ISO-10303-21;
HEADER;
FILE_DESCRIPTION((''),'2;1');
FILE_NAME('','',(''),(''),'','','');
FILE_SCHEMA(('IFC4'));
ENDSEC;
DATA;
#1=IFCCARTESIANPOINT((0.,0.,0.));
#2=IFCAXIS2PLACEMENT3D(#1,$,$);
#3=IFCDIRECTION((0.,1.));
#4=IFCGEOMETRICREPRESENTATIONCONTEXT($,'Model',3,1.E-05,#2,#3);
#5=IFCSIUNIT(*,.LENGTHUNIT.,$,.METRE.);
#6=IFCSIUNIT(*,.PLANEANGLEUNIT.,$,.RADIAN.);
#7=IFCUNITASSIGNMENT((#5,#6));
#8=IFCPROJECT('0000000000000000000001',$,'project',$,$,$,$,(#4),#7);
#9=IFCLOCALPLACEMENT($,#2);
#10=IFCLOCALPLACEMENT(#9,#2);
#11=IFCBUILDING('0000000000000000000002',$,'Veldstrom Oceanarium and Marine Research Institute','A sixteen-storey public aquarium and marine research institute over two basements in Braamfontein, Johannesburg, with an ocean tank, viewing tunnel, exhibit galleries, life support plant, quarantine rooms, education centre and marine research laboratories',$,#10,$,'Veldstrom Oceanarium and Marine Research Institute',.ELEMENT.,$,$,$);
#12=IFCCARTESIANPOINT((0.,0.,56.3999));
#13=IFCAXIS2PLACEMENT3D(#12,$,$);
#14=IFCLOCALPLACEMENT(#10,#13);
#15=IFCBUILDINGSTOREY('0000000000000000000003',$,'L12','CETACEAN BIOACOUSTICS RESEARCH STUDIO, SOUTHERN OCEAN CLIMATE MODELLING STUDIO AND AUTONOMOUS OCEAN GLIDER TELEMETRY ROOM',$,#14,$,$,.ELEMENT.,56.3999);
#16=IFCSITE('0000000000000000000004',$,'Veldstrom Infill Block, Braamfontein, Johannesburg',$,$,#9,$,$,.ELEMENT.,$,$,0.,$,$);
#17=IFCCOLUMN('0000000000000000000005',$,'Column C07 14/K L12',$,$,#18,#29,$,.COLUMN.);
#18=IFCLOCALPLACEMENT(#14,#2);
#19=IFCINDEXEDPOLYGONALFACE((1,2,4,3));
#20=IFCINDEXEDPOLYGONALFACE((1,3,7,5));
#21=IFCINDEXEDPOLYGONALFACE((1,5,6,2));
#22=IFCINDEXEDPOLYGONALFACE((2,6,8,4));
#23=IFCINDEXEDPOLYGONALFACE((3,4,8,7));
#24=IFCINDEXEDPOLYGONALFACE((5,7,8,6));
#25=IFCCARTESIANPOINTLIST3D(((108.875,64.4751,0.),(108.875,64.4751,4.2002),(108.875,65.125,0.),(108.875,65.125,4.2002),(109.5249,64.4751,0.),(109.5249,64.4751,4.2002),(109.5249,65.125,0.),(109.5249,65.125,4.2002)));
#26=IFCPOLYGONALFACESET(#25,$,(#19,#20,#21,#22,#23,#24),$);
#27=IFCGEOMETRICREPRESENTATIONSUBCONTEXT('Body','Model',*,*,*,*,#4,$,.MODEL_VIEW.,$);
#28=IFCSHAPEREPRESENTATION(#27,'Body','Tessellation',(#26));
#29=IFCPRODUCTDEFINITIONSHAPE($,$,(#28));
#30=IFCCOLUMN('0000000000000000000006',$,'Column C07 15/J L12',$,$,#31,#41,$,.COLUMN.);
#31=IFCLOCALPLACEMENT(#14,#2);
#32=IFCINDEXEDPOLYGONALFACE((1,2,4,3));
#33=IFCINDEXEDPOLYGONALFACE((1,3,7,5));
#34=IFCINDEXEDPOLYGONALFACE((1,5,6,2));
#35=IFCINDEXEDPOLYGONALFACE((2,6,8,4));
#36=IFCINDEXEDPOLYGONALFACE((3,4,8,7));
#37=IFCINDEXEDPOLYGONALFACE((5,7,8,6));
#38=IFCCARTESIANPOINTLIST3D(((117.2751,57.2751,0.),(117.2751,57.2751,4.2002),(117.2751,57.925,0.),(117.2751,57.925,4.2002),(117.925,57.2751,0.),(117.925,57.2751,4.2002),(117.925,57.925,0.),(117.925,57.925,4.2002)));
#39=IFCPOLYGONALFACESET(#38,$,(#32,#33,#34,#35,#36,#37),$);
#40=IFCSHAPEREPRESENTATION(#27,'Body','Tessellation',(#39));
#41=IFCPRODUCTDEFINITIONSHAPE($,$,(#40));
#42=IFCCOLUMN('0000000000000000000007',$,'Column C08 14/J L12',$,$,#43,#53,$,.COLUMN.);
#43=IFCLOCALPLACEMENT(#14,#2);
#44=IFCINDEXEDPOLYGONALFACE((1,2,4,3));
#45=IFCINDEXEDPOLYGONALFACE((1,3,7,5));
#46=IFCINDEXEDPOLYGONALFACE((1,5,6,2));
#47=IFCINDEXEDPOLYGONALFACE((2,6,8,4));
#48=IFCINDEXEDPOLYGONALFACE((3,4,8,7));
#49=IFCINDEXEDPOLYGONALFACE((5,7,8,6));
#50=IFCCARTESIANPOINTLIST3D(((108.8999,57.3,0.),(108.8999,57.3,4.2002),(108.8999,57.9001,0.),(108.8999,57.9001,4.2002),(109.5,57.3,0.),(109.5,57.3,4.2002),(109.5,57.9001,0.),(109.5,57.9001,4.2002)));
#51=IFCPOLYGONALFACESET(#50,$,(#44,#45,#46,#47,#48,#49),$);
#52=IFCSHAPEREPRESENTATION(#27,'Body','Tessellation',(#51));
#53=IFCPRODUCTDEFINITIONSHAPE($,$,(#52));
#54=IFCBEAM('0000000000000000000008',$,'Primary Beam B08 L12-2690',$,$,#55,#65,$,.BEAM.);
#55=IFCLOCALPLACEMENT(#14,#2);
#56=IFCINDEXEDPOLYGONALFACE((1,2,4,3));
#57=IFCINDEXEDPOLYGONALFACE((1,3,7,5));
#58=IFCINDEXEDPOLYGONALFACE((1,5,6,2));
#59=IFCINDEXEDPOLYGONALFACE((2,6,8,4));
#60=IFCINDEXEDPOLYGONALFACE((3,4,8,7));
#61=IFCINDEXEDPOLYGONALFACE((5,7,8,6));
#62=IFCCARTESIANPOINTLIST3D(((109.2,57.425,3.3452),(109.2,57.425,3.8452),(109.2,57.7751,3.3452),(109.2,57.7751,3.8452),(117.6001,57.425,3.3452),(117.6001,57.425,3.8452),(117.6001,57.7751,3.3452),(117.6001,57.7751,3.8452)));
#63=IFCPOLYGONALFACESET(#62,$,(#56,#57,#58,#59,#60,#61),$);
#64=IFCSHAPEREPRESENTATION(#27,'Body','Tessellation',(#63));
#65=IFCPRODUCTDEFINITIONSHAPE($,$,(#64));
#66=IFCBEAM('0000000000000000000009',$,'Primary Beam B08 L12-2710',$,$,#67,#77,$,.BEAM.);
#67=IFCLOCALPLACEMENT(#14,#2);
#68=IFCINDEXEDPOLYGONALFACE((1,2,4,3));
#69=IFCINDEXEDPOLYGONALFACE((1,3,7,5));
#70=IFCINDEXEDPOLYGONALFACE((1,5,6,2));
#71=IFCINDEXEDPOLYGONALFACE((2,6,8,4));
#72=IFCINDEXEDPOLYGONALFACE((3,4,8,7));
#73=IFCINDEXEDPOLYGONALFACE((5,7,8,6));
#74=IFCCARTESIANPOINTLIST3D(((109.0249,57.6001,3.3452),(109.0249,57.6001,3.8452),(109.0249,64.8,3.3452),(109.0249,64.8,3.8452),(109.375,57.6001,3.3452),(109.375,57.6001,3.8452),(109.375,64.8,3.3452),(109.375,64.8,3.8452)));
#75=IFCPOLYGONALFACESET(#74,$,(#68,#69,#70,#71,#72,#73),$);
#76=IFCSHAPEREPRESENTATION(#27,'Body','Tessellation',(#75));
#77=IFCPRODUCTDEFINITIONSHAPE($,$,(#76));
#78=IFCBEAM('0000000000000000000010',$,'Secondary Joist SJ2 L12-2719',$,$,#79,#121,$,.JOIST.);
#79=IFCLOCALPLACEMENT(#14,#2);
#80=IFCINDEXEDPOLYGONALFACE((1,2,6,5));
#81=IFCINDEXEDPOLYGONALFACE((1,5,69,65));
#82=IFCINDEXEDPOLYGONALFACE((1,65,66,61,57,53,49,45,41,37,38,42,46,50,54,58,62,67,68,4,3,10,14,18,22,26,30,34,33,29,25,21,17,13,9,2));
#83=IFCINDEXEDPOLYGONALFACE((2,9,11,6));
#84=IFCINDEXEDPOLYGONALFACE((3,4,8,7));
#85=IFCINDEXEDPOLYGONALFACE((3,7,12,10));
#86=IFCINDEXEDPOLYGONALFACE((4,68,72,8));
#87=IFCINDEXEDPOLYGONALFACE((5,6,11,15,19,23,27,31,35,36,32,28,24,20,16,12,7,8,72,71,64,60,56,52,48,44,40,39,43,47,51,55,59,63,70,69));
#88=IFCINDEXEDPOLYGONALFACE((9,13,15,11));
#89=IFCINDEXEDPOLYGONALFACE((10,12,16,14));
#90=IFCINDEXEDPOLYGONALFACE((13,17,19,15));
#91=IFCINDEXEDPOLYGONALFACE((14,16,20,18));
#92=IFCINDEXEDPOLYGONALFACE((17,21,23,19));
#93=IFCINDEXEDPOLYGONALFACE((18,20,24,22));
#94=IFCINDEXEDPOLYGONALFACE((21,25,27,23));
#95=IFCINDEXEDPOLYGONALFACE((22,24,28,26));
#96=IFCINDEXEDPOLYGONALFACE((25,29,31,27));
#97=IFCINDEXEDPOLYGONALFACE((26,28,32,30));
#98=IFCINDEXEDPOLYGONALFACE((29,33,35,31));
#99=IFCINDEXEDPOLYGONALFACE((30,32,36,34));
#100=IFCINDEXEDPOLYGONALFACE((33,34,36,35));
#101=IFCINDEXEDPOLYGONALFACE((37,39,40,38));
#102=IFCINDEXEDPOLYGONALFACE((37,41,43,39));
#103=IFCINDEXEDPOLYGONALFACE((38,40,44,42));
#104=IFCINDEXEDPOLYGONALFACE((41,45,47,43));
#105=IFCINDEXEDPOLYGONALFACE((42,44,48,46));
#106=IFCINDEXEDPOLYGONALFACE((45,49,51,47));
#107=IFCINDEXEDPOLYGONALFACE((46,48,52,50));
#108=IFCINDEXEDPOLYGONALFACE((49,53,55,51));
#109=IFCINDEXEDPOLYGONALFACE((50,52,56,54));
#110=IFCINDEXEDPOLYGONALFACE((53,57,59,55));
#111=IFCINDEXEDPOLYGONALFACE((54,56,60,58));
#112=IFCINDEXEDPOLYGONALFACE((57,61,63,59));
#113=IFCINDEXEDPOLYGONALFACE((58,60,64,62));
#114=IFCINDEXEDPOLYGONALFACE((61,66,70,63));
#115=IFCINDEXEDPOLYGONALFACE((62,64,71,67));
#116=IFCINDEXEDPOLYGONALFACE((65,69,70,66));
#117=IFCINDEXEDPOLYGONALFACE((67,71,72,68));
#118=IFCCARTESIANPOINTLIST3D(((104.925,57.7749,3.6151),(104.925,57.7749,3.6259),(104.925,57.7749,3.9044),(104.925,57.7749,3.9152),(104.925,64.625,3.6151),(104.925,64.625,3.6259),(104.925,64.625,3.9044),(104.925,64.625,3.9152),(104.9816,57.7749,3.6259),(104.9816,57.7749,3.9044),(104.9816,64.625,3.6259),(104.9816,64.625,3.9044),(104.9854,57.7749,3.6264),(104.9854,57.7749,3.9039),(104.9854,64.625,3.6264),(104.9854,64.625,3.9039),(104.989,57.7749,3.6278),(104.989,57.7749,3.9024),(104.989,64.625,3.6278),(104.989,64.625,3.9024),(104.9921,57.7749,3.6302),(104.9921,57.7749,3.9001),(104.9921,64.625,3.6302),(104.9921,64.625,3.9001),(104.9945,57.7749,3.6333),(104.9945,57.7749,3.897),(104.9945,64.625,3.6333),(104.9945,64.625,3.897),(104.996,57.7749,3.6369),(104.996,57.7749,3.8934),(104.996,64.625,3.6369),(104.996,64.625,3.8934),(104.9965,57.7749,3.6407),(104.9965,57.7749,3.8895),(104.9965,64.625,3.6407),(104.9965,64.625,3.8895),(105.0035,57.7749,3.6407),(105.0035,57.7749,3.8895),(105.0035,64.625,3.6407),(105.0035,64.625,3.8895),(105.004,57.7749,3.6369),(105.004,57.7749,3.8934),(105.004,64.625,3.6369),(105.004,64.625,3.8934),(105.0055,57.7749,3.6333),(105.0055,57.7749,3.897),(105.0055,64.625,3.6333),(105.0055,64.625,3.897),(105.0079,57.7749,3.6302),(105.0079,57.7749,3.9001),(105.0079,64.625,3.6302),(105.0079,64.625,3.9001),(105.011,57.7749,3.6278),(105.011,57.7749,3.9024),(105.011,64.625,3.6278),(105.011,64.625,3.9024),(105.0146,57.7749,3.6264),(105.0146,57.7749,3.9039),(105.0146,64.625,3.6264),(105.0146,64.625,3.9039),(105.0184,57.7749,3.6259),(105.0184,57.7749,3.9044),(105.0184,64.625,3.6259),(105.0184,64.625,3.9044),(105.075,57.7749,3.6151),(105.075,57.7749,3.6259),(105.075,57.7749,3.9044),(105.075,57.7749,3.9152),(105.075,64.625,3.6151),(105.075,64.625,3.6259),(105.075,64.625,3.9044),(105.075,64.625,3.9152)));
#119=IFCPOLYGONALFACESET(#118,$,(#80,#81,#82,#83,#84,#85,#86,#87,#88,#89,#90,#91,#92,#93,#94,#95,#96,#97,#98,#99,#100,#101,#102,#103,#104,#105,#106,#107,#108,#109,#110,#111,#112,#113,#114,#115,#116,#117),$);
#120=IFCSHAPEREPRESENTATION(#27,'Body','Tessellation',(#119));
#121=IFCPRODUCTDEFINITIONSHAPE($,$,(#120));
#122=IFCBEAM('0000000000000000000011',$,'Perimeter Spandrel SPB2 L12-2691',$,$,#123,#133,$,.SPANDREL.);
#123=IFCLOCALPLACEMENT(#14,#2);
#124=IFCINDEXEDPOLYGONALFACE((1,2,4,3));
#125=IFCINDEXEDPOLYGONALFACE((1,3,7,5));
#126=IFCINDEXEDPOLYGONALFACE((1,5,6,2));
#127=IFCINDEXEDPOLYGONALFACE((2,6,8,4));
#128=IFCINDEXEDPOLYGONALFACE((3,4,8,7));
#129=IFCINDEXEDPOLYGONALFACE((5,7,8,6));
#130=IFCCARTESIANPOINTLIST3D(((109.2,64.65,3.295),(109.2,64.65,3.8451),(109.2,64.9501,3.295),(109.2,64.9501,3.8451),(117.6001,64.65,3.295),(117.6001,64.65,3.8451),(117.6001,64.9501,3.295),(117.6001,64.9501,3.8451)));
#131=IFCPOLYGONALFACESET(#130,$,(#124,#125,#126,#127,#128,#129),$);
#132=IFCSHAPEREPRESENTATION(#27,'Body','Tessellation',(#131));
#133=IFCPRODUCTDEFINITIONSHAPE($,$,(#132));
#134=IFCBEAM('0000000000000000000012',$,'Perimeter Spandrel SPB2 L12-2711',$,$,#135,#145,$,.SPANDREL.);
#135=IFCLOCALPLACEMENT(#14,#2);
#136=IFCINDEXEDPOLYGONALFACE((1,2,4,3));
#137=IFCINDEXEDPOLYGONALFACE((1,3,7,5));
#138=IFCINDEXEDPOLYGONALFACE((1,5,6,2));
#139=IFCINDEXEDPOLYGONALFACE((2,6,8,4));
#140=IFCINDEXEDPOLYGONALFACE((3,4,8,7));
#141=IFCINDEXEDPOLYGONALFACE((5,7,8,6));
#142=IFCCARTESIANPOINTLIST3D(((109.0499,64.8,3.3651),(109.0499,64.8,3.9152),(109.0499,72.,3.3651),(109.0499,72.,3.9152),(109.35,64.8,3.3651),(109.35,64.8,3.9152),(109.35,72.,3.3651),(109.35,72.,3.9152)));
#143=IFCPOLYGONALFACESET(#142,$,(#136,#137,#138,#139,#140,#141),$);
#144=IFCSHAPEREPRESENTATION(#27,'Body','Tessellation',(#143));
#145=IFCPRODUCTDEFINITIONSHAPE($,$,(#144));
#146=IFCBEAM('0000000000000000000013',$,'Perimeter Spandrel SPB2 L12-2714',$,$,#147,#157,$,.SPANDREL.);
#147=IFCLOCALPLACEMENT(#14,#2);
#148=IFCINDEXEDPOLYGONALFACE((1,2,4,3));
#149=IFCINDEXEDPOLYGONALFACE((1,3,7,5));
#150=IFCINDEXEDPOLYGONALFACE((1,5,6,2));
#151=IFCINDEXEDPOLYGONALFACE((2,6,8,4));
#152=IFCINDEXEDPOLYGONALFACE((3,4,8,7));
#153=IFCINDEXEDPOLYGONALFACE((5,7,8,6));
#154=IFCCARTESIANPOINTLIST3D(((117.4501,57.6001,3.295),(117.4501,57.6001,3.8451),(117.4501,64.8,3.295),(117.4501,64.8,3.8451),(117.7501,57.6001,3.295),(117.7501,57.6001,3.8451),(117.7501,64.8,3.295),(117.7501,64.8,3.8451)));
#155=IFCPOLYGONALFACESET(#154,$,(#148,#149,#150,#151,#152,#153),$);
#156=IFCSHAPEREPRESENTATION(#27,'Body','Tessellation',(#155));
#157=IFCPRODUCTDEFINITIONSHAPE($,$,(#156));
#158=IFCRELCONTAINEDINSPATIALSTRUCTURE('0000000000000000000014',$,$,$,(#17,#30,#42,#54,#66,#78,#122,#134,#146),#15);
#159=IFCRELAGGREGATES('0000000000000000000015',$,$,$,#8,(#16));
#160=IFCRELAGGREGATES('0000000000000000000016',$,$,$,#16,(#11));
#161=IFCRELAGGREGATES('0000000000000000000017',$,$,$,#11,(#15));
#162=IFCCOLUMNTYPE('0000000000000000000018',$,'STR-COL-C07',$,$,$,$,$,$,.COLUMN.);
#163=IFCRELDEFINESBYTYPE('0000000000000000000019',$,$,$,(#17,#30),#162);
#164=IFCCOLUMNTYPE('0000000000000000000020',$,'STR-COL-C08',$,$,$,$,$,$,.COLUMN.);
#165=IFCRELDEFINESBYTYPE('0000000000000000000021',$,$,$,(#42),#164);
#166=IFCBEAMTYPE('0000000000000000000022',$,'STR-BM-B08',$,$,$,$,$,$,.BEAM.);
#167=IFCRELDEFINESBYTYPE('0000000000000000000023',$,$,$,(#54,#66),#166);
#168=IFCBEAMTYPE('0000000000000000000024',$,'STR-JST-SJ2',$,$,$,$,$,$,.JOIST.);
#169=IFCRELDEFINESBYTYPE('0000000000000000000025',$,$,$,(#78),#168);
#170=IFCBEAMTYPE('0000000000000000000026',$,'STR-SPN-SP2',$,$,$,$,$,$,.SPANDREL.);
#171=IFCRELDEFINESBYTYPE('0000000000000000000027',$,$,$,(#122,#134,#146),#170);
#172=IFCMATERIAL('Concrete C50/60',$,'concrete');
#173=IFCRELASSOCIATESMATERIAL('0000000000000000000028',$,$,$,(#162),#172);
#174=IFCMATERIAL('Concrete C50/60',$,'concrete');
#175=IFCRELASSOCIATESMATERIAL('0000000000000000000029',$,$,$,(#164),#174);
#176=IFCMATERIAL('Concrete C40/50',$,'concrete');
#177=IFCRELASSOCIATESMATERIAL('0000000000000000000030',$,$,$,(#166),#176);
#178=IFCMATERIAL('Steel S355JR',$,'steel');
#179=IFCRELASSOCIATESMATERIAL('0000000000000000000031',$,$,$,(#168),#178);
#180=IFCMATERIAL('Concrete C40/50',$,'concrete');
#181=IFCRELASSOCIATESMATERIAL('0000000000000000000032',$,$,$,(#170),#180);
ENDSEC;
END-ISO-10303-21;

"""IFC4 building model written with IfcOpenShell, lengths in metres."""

from ifc_helpers import new_model, si_unit, direction, frame, origin, origin_2d, place, context, subcontext, project, spatial, rectangle, i_section, extrude, material, material_profile, profile_set, type_object, element, save


model = new_model("IFC4")

# Units and contexts
model_context = context("Model", 3, precision=1e-05, world=origin(), true_north=direction((0.0, 1.0)))
body_context = subcontext(model_context, "Body", "Model", "MODEL_VIEW")
ifc_project = project(units=[si_unit("LENGTHUNIT", "METRE"), si_unit("PLANEANGLEUNIT", "RADIAN")], contexts=[model_context])

# Site, building, storey
site_placement = place(None, origin())
site = spatial("IfcSite", under=ifc_project, at=site_placement, Name="Veldstrom Infill Block, Braamfontein, Johannesburg", CompositionType="ELEMENT", RefElevation=0.0)
building_placement = place(site_placement, origin())
building = spatial("IfcBuilding", under=site, at=building_placement, Name="Veldstrom Oceanarium and Marine Research Institute", Description="A sixteen-storey public aquarium and marine research institute over two basements in Braamfontein, Johannesburg, with an ocean tank, viewing tunnel, exhibit galleries, life support plant, quarantine rooms, education centre and marine research laboratories", LongName="Veldstrom Oceanarium and Marine Research Institute", CompositionType="ELEMENT")
storey_placement = place(building_placement, frame((0.0, 0.0, 56.3999)))
storey = spatial("IfcBuildingStorey", under=building, at=storey_placement, Name="L12", Description="CETACEAN BIOACOUSTICS RESEARCH STUDIO, SOUTHERN OCEAN CLIMATE MODELLING STUDIO AND AUTONOMOUS OCEAN GLIDER TELEMETRY ROOM", CompositionType="ELEMENT", Elevation=56.3999)

# Columns
ifc_material_1 = material(Name="Concrete C50/60", Category="concrete")
ifc_material_profile_1 = material_profile(ifc_material_1, rectangle(XDim=0.6499, YDim=0.6499, at=origin_2d()), Name="RC-COL-650x650")
ifc_profile_set_1 = profile_set([ifc_material_profile_1], Name="Concrete C50/60")
column_type_1 = type_object("IfcColumnType", Name="STR-COL-C07", PredefinedType="COLUMN", material=ifc_profile_set_1)
for number, where, z_axis, x_axis, name in (
    (1, (109.2, 64.8, 0.0), (0.0, 0.0, 1.0), (1.0, 0.0, 0.0), "Column C07 14/K L12"),
    (2, (117.6001, 57.6001, 0.0), (0.0, 0.0, 1.0), (1.0, 0.0, 0.0), "Column C07 15/J L12"),
):
    element("IfcColumn", number, at=place(storey_placement, frame(where, z_axis=z_axis, x_axis=x_axis)), inside=storey, type_object=column_type_1, Name=name, PredefinedType="COLUMN", context=body_context, shape_type="SweptSolid", body=[
        extrude(rectangle(XDim=0.6499, YDim=0.6499, at=origin_2d()), origin(), (0.0, 0.0, 1.0), 4.2002),
    ])
ifc_material_2 = material(Name="Concrete C50/60", Category="concrete")
ifc_material_profile_2 = material_profile(ifc_material_2, rectangle(XDim=0.6001, YDim=0.6001, at=origin_2d()), Name="RC-COL-600x600")
ifc_profile_set_2 = profile_set([ifc_material_profile_2], Name="Concrete C50/60")
column_type_2 = type_object("IfcColumnType", Name="STR-COL-C08", PredefinedType="COLUMN", material=ifc_profile_set_2)
column_placement = place(storey_placement, frame((109.2, 57.6001, 0.0), z_axis=(0.0, 0.0, 1.0), x_axis=(1.0, 0.0, 0.0)))
element("IfcColumn", 3, at=column_placement, inside=storey, type_object=column_type_2, Name="Column C08 14/J L12", PredefinedType="COLUMN", context=body_context, shape_type="SweptSolid", body=[
    extrude(rectangle(XDim=0.6001, YDim=0.6001, at=origin_2d()), origin(), (0.0, 0.0, 1.0), 4.2002),
])

# Beams
ifc_material_3 = material(Name="Concrete C40/50", Category="concrete")
ifc_material_profile_3 = material_profile(ifc_material_3, rectangle(XDim=0.3501, YDim=0.5, at=origin_2d()), Name="RC-BM-350x500")
ifc_profile_set_3 = profile_set([ifc_material_profile_3], Name="Concrete C40/50")
beam_type_1 = type_object("IfcBeamType", Name="STR-BM-B08", PredefinedType="BEAM", material=ifc_profile_set_3)
beam_1_placement = place(storey_placement, frame((109.2, 57.6001, 3.5952), z_axis=(1.0, 0.0, 0.0), x_axis=(0.0, 1.0, 0.0)))
element("IfcBeam", 4, at=beam_1_placement, inside=storey, type_object=beam_type_1, Name="Primary Beam B08 L12-2690", PredefinedType="BEAM", context=body_context, shape_type="SweptSolid", body=[
    extrude(rectangle(XDim=0.3501, YDim=0.5, at=origin_2d()), origin(), (0.0, 0.0, 1.0), 8.4001),
])
beam_2_placement = place(storey_placement, frame((109.2, 57.6001, 3.5952), z_axis=(0.0, 1.0, 0.0), x_axis=(-1.0, 0.0, 0.0)))
element("IfcBeam", 5, at=beam_2_placement, inside=storey, type_object=beam_type_1, Name="Primary Beam B08 L12-2710", PredefinedType="BEAM", context=body_context, shape_type="SweptSolid", body=[
    extrude(rectangle(XDim=0.3501, YDim=0.5, at=origin_2d()), origin(), (0.0, 0.0, 1.0), 7.2),
])
ifc_material_4 = material(Name="Steel S355JR", Category="steel")
ifc_material_profile_4 = material_profile(ifc_material_4, i_section(OverallWidth=0.1499, OverallDepth=0.3, WebThickness=0.0071, FlangeThickness=0.0107, FilletRadius=0.0149, at=origin_2d()), Name="IPE 300")
ifc_profile_set_4 = profile_set([ifc_material_profile_4], Name="Steel S355JR")
beam_type_2 = type_object("IfcBeamType", Name="STR-JST-SJ2", PredefinedType="JOIST", material=ifc_profile_set_4)
beam_3_placement = place(storey_placement, frame((105.0, 57.7749, 3.7651), z_axis=(0.0, 1.0, 0.0), x_axis=(-1.0, 0.0, 0.0)))
element("IfcBeam", 6, at=beam_3_placement, inside=storey, type_object=beam_type_2, Name="Secondary Joist SJ2 L12-2719", PredefinedType="JOIST", context=body_context, shape_type="SweptSolid", body=[
    extrude(i_section(OverallWidth=0.1499, OverallDepth=0.3, WebThickness=0.0071, FlangeThickness=0.0107, FilletRadius=0.0149, at=origin_2d()), origin(), (0.0, 0.0, 1.0), 6.8501),
])
ifc_material_5 = material(Name="Concrete C40/50", Category="concrete")
ifc_material_profile_5 = material_profile(ifc_material_5, rectangle(XDim=0.3, YDim=0.55, at=origin_2d()), Name="RC-SPN-300x550")
ifc_profile_set_5 = profile_set([ifc_material_profile_5], Name="Concrete C40/50")
beam_type_3 = type_object("IfcBeamType", Name="STR-SPN-SP2", PredefinedType="SPANDREL", material=ifc_profile_set_5)
beam_4_placement = place(storey_placement, frame((109.2, 64.8, 3.5701), z_axis=(1.0, 0.0, 0.0), x_axis=(0.0, 1.0, 0.0)))
element("IfcBeam", 7, at=beam_4_placement, inside=storey, type_object=beam_type_3, Name="Perimeter Spandrel SPB2 L12-2691", PredefinedType="SPANDREL", context=body_context, shape_type="SweptSolid", body=[
    extrude(rectangle(XDim=0.3, YDim=0.55, at=origin_2d()), origin(), (0.0, 0.0, 1.0), 8.4001),
])
for number, where, z_axis, x_axis, name in (
    (8, (109.2, 64.8, 3.6401), (0.0, 1.0, 0.0), (-1.0, 0.0, 0.0), "Perimeter Spandrel SPB2 L12-2711"),
    (9, (117.6001, 57.6001, 3.5701), (0.0, 1.0, 0.0), (-1.0, 0.0, 0.0), "Perimeter Spandrel SPB2 L12-2714"),
):
    element("IfcBeam", number, at=place(storey_placement, frame(where, z_axis=z_axis, x_axis=x_axis)), inside=storey, type_object=beam_type_3, Name=name, PredefinedType="SPANDREL", context=body_context, shape_type="SweptSolid", body=[
        extrude(rectangle(XDim=0.3, YDim=0.55, at=origin_2d()), origin(), (0.0, 0.0, 1.0), 7.2),
    ])

save(model, "model.ifc")
